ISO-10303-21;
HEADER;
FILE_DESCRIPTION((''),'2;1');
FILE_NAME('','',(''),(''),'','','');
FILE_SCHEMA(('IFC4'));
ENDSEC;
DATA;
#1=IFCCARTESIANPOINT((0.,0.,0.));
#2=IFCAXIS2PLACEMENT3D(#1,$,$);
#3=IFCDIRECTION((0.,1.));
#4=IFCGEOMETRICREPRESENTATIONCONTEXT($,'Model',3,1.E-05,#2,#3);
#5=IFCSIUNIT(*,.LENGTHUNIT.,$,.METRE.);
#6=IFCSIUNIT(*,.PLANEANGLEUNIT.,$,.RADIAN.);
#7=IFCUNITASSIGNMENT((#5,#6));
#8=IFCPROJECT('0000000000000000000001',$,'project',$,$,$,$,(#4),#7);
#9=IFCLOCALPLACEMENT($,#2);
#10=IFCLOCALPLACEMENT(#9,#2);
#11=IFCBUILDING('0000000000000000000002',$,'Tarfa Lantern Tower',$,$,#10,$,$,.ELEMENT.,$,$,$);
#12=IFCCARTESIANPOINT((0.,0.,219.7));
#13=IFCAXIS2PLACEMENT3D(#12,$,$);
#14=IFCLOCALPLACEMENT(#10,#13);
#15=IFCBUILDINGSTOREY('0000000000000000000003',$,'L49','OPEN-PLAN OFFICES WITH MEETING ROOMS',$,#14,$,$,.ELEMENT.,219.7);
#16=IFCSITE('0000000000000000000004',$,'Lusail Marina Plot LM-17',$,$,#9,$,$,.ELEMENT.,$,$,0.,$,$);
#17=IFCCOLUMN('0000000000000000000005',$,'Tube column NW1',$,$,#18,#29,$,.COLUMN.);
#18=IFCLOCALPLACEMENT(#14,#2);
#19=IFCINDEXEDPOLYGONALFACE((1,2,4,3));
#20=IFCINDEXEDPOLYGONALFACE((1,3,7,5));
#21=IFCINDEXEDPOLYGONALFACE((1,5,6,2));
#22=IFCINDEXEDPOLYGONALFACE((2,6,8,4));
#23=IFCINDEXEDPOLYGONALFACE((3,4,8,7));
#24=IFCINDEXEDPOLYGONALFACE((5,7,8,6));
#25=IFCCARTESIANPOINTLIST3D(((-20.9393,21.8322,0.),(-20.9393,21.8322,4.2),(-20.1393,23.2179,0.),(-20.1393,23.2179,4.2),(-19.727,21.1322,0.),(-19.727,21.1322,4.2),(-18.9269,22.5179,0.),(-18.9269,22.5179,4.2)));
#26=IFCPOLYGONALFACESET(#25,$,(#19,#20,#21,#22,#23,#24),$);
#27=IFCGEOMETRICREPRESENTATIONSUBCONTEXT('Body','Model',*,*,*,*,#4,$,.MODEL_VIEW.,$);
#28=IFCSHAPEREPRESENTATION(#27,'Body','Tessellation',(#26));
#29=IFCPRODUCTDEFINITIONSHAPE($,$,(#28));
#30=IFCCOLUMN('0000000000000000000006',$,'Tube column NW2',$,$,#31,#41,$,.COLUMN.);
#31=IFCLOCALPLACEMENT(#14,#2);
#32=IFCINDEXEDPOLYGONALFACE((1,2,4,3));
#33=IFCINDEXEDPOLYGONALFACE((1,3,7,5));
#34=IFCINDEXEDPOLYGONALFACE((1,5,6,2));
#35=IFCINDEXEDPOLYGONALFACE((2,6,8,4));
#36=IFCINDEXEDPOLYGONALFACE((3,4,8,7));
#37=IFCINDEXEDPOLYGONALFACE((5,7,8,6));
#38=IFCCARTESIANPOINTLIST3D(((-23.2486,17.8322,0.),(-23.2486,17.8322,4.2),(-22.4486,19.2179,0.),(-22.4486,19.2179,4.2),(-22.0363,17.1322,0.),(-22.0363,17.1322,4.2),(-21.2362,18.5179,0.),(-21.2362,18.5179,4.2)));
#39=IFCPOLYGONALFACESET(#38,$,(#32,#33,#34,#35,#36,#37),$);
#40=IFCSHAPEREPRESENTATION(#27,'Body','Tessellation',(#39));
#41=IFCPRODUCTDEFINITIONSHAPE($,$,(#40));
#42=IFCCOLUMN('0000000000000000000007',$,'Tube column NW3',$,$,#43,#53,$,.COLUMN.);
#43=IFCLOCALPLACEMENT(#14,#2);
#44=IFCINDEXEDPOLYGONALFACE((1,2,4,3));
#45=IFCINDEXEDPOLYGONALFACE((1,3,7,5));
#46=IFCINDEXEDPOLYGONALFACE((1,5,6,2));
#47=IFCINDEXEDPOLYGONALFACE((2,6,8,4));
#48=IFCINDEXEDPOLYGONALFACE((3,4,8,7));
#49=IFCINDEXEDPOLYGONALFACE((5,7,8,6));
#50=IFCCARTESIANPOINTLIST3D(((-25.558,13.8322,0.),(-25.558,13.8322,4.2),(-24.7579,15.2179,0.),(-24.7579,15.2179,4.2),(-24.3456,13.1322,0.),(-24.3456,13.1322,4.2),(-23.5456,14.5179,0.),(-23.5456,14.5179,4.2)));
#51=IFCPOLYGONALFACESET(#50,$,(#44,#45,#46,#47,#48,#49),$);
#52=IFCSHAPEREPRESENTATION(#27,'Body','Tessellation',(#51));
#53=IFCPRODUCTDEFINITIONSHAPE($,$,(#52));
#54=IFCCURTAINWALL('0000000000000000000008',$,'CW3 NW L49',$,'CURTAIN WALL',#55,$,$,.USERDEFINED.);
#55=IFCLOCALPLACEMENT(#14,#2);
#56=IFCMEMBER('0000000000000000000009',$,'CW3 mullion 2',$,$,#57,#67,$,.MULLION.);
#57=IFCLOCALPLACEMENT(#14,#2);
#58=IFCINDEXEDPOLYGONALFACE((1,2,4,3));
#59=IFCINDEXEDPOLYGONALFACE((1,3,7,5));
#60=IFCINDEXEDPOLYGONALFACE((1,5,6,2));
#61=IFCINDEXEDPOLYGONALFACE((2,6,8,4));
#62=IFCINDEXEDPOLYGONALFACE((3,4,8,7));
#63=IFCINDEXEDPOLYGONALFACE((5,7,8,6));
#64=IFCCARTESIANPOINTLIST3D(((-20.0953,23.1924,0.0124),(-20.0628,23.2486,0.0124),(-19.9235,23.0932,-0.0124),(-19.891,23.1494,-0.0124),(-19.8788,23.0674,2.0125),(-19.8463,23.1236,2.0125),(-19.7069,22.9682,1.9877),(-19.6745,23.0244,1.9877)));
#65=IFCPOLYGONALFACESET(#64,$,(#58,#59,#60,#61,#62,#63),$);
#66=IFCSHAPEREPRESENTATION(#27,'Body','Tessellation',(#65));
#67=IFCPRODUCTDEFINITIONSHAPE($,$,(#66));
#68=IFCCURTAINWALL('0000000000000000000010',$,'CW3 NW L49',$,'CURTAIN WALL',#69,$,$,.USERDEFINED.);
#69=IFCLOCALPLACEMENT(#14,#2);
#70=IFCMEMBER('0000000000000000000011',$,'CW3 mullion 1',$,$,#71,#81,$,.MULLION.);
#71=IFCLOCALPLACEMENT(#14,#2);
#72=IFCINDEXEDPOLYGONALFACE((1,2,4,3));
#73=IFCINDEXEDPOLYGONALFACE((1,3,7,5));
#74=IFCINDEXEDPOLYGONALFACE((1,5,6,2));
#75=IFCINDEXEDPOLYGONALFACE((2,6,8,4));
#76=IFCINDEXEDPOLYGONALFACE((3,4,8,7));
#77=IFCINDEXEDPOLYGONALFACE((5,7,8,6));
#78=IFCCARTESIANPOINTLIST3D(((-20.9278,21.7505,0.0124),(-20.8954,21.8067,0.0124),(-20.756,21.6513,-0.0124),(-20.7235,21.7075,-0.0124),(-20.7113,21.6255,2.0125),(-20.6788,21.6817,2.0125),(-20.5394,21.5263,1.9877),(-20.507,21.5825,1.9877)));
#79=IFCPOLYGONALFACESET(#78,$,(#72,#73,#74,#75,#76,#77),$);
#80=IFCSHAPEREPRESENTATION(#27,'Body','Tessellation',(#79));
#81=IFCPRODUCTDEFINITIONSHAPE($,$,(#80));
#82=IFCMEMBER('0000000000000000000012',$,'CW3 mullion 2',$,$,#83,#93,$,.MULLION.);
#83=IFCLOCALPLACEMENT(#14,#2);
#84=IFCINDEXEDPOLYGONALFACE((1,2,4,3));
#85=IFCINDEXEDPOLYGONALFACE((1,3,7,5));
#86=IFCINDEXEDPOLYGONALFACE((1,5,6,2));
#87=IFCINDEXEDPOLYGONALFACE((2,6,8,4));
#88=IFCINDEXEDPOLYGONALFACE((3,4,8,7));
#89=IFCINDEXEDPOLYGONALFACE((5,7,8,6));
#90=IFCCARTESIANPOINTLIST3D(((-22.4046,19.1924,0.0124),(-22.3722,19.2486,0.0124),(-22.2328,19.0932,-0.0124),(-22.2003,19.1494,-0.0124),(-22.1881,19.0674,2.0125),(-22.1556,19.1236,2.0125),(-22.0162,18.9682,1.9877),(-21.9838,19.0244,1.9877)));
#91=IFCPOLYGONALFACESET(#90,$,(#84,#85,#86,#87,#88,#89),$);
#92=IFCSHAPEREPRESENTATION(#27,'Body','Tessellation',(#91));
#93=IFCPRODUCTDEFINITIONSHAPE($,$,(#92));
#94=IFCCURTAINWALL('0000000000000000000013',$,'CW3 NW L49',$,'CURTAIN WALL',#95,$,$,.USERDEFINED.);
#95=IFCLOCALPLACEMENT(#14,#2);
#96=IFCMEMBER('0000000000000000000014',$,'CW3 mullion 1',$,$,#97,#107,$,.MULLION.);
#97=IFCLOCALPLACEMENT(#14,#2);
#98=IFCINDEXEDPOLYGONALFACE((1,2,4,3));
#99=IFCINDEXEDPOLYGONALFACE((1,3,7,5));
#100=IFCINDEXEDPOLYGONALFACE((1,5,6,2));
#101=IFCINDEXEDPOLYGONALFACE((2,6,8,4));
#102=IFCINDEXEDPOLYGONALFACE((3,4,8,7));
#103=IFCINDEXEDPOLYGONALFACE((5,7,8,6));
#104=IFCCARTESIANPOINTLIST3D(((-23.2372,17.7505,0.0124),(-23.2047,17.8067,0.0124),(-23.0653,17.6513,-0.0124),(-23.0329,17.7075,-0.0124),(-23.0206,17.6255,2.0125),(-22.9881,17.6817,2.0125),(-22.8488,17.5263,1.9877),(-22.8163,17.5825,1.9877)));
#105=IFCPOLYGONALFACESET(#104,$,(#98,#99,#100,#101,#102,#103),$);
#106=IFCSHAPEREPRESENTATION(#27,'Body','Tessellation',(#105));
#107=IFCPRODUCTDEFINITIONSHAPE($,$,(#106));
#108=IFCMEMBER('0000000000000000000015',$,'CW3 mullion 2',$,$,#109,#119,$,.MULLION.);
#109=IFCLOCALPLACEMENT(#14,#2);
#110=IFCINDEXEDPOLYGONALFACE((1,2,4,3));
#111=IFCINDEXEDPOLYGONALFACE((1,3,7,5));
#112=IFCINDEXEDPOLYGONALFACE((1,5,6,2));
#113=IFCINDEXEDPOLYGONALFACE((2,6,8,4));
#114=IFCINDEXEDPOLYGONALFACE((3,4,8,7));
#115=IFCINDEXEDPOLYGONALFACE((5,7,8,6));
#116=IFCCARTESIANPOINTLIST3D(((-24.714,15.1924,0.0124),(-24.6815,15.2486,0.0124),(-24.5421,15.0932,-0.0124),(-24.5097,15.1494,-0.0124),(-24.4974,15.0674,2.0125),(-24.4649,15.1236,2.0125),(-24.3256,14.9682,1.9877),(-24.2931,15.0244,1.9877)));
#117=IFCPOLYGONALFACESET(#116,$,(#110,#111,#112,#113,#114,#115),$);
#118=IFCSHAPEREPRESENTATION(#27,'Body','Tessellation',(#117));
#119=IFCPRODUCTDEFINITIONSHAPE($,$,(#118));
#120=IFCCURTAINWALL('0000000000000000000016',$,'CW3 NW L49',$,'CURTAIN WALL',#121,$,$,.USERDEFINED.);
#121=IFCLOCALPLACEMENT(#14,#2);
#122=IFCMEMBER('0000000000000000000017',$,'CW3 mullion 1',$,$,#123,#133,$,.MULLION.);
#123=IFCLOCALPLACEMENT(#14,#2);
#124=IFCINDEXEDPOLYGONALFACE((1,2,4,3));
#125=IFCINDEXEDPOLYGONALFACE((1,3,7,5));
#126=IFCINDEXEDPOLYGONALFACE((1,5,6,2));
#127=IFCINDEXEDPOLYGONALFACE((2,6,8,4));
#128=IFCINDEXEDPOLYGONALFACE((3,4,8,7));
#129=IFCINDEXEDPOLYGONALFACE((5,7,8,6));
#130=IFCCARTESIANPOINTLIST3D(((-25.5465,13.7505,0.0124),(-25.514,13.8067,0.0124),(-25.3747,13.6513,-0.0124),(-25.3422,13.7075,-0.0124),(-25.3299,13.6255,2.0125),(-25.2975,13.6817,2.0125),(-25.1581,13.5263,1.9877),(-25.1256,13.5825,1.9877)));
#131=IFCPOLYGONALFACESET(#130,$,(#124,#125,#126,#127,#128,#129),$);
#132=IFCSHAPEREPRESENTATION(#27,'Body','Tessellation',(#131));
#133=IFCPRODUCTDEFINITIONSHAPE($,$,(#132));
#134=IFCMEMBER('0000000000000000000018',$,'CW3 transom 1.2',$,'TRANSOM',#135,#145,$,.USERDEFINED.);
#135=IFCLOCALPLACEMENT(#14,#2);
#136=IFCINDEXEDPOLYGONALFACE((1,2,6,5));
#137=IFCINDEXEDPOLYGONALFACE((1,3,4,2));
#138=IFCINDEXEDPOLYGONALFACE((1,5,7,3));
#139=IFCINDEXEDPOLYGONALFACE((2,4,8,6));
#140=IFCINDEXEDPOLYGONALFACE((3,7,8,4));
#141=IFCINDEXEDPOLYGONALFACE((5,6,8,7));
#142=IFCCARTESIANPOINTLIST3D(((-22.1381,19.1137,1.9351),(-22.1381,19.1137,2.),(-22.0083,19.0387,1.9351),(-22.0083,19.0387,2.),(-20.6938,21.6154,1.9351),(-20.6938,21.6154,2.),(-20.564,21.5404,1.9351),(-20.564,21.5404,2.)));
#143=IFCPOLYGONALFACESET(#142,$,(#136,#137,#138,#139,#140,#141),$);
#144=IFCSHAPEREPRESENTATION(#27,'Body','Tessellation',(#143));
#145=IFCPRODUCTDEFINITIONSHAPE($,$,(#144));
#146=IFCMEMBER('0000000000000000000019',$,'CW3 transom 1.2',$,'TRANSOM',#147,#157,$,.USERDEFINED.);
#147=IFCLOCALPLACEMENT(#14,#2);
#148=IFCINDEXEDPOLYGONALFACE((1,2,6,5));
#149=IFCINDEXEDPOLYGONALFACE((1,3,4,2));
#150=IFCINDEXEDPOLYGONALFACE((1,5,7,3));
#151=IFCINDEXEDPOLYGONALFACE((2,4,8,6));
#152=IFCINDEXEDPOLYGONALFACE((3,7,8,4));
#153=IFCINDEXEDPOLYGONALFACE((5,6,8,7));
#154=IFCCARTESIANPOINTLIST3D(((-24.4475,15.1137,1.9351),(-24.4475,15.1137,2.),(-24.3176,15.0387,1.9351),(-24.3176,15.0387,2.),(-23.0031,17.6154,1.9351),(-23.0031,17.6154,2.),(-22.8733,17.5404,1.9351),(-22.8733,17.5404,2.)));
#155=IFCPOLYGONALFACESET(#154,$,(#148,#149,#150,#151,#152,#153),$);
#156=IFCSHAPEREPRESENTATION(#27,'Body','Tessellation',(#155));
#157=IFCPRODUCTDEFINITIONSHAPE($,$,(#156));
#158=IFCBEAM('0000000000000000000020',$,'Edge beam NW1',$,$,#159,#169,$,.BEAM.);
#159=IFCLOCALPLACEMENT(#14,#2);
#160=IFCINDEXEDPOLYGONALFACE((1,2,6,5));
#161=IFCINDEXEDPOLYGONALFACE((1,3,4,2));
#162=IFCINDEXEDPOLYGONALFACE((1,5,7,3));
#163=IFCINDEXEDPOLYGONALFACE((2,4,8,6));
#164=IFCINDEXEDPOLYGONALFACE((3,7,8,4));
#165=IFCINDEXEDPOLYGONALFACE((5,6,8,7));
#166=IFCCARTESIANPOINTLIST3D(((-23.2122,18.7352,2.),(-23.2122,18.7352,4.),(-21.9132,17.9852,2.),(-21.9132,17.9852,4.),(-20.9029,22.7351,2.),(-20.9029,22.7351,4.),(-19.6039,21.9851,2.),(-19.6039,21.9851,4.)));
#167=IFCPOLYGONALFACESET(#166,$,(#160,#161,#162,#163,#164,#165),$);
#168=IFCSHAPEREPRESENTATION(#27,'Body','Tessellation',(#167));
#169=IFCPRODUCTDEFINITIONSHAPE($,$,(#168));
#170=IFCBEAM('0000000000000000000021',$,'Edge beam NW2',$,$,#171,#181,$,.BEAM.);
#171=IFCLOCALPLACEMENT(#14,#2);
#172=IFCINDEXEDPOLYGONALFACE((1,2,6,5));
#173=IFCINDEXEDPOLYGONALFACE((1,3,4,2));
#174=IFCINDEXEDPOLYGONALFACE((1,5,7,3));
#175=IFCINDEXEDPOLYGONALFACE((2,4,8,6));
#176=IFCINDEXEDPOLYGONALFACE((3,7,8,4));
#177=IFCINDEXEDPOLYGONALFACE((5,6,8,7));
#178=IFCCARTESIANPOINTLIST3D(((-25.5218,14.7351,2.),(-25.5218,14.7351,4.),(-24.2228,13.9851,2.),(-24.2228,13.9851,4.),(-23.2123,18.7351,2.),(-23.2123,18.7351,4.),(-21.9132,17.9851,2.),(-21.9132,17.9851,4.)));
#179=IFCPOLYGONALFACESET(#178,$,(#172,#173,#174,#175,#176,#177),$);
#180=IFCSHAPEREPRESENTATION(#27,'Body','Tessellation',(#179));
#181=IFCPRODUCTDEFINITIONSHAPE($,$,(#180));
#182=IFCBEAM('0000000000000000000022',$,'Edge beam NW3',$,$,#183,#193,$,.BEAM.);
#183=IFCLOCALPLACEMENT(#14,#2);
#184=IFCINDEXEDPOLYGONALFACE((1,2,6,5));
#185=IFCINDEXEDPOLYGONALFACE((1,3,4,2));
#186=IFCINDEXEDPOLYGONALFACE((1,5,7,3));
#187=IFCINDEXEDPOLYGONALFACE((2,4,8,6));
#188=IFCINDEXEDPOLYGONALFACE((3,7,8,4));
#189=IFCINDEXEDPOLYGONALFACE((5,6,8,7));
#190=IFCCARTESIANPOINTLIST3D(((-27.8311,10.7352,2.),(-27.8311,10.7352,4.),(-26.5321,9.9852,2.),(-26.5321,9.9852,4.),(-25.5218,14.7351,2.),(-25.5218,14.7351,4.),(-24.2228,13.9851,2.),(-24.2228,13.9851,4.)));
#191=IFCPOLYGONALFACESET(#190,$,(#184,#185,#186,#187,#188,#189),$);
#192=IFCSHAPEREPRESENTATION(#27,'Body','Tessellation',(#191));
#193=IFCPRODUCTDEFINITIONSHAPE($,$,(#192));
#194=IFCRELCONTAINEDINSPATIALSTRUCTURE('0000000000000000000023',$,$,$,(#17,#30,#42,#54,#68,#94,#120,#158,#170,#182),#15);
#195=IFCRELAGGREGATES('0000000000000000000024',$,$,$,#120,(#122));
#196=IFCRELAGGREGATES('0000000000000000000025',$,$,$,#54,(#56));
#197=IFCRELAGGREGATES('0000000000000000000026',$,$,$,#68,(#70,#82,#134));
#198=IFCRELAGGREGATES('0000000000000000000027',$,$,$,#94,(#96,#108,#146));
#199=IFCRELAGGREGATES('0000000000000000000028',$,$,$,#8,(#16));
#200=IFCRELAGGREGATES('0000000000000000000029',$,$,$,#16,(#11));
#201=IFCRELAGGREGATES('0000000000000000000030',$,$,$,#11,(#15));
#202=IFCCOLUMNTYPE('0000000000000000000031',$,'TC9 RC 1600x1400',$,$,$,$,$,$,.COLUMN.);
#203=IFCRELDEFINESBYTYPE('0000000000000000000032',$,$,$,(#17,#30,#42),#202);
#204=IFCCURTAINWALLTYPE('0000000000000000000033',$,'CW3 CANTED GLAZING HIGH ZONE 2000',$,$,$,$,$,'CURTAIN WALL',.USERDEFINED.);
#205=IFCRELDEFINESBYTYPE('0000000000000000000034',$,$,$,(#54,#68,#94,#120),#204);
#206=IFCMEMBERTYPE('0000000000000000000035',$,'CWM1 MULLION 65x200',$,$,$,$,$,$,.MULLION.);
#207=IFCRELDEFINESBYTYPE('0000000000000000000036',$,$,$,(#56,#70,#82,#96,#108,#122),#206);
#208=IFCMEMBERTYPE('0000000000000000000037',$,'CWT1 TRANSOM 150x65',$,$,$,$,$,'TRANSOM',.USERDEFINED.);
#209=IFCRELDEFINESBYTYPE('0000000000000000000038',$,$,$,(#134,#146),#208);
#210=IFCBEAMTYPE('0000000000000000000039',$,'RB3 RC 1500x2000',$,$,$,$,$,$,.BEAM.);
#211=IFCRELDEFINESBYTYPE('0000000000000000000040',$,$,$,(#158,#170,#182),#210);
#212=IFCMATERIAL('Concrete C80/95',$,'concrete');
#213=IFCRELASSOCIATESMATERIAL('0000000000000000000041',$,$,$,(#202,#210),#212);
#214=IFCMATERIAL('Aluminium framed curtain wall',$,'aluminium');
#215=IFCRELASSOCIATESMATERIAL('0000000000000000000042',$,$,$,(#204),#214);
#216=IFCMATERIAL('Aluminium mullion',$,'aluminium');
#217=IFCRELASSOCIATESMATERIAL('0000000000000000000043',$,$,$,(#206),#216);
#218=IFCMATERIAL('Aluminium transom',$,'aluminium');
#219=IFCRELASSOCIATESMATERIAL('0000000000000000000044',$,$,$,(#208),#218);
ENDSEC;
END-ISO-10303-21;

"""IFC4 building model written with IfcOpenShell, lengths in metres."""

from ifc_helpers import new_model, si_unit, direction, frame, origin, origin_2d, place, context, subcontext, project, spatial, rectangle, extrude, material, material_profile, profile_set, type_object, element, aggregate, save


model = new_model("IFC4")

# Units and contexts
model_context = context("Model", 3, precision=1e-05, world=origin(), true_north=direction((0.0, 1.0)))
body_context = subcontext(model_context, "Body", "Model", "MODEL_VIEW")
ifc_project = project(units=[si_unit("LENGTHUNIT", "METRE"), si_unit("PLANEANGLEUNIT", "RADIAN")], contexts=[model_context])

# Site, building, storey
site_placement = place(None, origin())
site = spatial("IfcSite", under=ifc_project, at=site_placement, Name="Lusail Marina Plot LM-17", CompositionType="ELEMENT", RefElevation=0.0)
building_placement = place(site_placement, origin())
building = spatial("IfcBuilding", under=site, at=building_placement, Name="Tarfa Lantern Tower", CompositionType="ELEMENT")
storey_placement = place(building_placement, frame((0.0, 0.0, 219.7)))
storey = spatial("IfcBuildingStorey", under=building, at=storey_placement, Name="L49", Description="OPEN-PLAN OFFICES WITH MEETING ROOMS", CompositionType="ELEMENT", Elevation=219.7)

# Columns
ifc_material_1 = material(Name="Concrete C80/95", Category="concrete")
ifc_material_profile_1 = material_profile(ifc_material_1, rectangle(XDim=1.6001, YDim=1.3999, at=origin_2d()), Name="RC 1600x1400")
ifc_profile_set_1 = profile_set([ifc_material_profile_1], Name="Concrete C80/95")
column_type = type_object("IfcColumnType", Name="TC9 RC 1600x1400", PredefinedType="COLUMN", material=ifc_profile_set_1)
for number, where, z_axis, x_axis, name in (
    (1, (-19.9331, 22.175, 0.0), (0.0, 0.0, 1.0), (-0.5, -0.866025, 0.0), "Tube column NW1"),
    (2, (-22.2424, 18.175, 0.0), (0.0, 0.0, 1.0), (-0.5, -0.866025, 0.0), "Tube column NW2"),
    (3, (-24.5518, 14.175, 0.0), (0.0, 0.0, 1.0), (-0.5, -0.866025, 0.0), "Tube column NW3"),
):
    element("IfcColumn", number, at=place(storey_placement, frame(where, z_axis=z_axis, x_axis=x_axis)), inside=storey, type_object=column_type, Name=name, PredefinedType="COLUMN", context=body_context, shape_type="SweptSolid", body=[
        extrude(rectangle(XDim=1.6001, YDim=1.3999, at=origin_2d()), origin(), (0.0, 0.0, 1.0), 4.2),
    ])

# Curtain wall, member
ifc_material_2 = material(Name="Aluminium framed curtain wall", Category="aluminium")
curtain_wall_type = type_object("IfcCurtainWallType", Name="CW3 CANTED GLAZING HIGH ZONE 2000", ElementType="CURTAIN WALL", PredefinedType="USERDEFINED", material=ifc_material_2)
curtain_wall_1_placement = place(storey_placement, origin())
curtain_wall_1 = element("IfcCurtainWall", 4, at=curtain_wall_1_placement, inside=storey, type_object=curtain_wall_type, Name="CW3 NW L49", ObjectType="CURTAIN WALL", PredefinedType="USERDEFINED")
ifc_material_3 = material(Name="Aluminium mullion", Category="aluminium")
ifc_material_profile_2 = material_profile(ifc_material_3, rectangle(XDim=0.0649, YDim=0.2, at=origin_2d()), Name="AL MULLION 65x200")
ifc_profile_set_2 = profile_set([ifc_material_profile_2], Name="Aluminium mullion")
member_type_1 = type_object("IfcMemberType", Name="CWM1 MULLION 65x200", PredefinedType="MULLION", material=ifc_profile_set_2)
member_1_placement = place(storey_placement, frame((-19.9932, 23.1709, 0.0), z_axis=(0.10744, -0.062017, 0.992275), x_axis=(0.49992, 0.866072, 0.0)))
member_1 = element("IfcMember", 5, at=member_1_placement, type_object=member_type_1, Name="CW3 mullion 2", PredefinedType="MULLION", context=body_context, shape_type="SweptSolid", body=[
    extrude(rectangle(XDim=0.0649, YDim=0.2, at=origin_2d()), origin(), (0.0, 0.0, 1.0), 2.0156),
])

# Curtain walls, members
curtain_wall_2_placement = place(storey_placement, origin())
curtain_wall_2 = element("IfcCurtainWall", 6, at=curtain_wall_2_placement, inside=storey, type_object=curtain_wall_type, Name="CW3 NW L49", ObjectType="CURTAIN WALL", PredefinedType="USERDEFINED")
member_2_placement = place(storey_placement, frame((-20.8257, 21.729, 0.0), z_axis=(0.10744, -0.062017, 0.992275), x_axis=(0.49992, 0.866072, 0.0)))
member_2 = element("IfcMember", 7, at=member_2_placement, type_object=member_type_1, Name="CW3 mullion 1", PredefinedType="MULLION", context=body_context, shape_type="SweptSolid", body=[
    extrude(rectangle(XDim=0.0649, YDim=0.2, at=origin_2d()), origin(), (0.0, 0.0, 1.0), 2.0156),
])
member_3_placement = place(storey_placement, frame((-22.3025, 19.1709, 0.0), z_axis=(0.10744, -0.062017, 0.992275), x_axis=(0.49992, 0.866072, 0.0)))
member_3 = element("IfcMember", 8, at=member_3_placement, type_object=member_type_1, Name="CW3 mullion 2", PredefinedType="MULLION", context=body_context, shape_type="SweptSolid", body=[
    extrude(rectangle(XDim=0.0649, YDim=0.2, at=origin_2d()), origin(), (0.0, 0.0, 1.0), 2.0156),
])
curtain_wall_3_placement = place(storey_placement, origin())
curtain_wall_3 = element("IfcCurtainWall", 9, at=curtain_wall_3_placement, inside=storey, type_object=curtain_wall_type, Name="CW3 NW L49", ObjectType="CURTAIN WALL", PredefinedType="USERDEFINED")
member_4_placement = place(storey_placement, frame((-23.135, 17.729, 0.0), z_axis=(0.10744, -0.062017, 0.992275), x_axis=(0.49992, 0.866072, 0.0)))
member_4 = element("IfcMember", 10, at=member_4_placement, type_object=member_type_1, Name="CW3 mullion 1", PredefinedType="MULLION", context=body_context, shape_type="SweptSolid", body=[
    extrude(rectangle(XDim=0.0649, YDim=0.2, at=origin_2d()), origin(), (0.0, 0.0, 1.0), 2.0156),
])
member_5_placement = place(storey_placement, frame((-24.6118, 15.1709, 0.0), z_axis=(0.10744, -0.062017, 0.992275), x_axis=(0.49992, 0.866072, 0.0)))
member_5 = element("IfcMember", 11, at=member_5_placement, type_object=member_type_1, Name="CW3 mullion 2", PredefinedType="MULLION", context=body_context, shape_type="SweptSolid", body=[
    extrude(rectangle(XDim=0.0649, YDim=0.2, at=origin_2d()), origin(), (0.0, 0.0, 1.0), 2.0156),
])

# Curtain wall, member
curtain_wall_4_placement = place(storey_placement, origin())
curtain_wall_4 = element("IfcCurtainWall", 12, at=curtain_wall_4_placement, inside=storey, type_object=curtain_wall_type, Name="CW3 NW L49", ObjectType="CURTAIN WALL", PredefinedType="USERDEFINED")
member_6_placement = place(storey_placement, frame((-25.4443, 13.729, 0.0), z_axis=(0.10744, -0.062017, 0.992275), x_axis=(0.49992, 0.866072, 0.0)))
member_6 = element("IfcMember", 13, at=member_6_placement, type_object=member_type_1, Name="CW3 mullion 1", PredefinedType="MULLION", context=body_context, shape_type="SweptSolid", body=[
    extrude(rectangle(XDim=0.0649, YDim=0.2, at=origin_2d()), origin(), (0.0, 0.0, 1.0), 2.0156),
])
aggregate(curtain_wall_4, [member_6])

# Members
ifc_material_4 = material(Name="Aluminium transom", Category="aluminium")
ifc_material_profile_3 = material_profile(ifc_material_4, rectangle(XDim=0.1499, YDim=0.0649, at=origin_2d()), Name="AL TRANSOM 150x65")
ifc_profile_set_3 = profile_set([ifc_material_profile_3], Name="Aluminium transom")
member_type_2 = type_object("IfcMemberType", Name="CWT1 TRANSOM 150x65", ElementType="TRANSOM", PredefinedType="USERDEFINED", material=ifc_profile_set_3)
member_7_placement = place(storey_placement, frame((-20.6289, 21.5779, 1.9675), z_axis=(-0.499993, -0.866029, 0.0), x_axis=(0.866029, -0.499993, 0.0)))
member_7 = element("IfcMember", 14, at=member_7_placement, type_object=member_type_2, Name="CW3 transom 1.2", ObjectType="TRANSOM", PredefinedType="USERDEFINED", context=body_context, shape_type="SweptSolid", body=[
    extrude(rectangle(XDim=0.1499, YDim=0.0649, at=origin_2d()), origin(), (0.0, 0.0, 1.0), 2.8887),
])
member_8_placement = place(storey_placement, frame((-22.9382, 17.5779, 1.9675), z_axis=(-0.499993, -0.866029, 0.0), x_axis=(0.866029, -0.499993, 0.0)))
member_8 = element("IfcMember", 15, at=member_8_placement, type_object=member_type_2, Name="CW3 transom 1.2", ObjectType="TRANSOM", PredefinedType="USERDEFINED", context=body_context, shape_type="SweptSolid", body=[
    extrude(rectangle(XDim=0.1499, YDim=0.0649, at=origin_2d()), origin(), (0.0, 0.0, 1.0), 2.8887),
])

# Beams
ifc_material_profile_4 = material_profile(ifc_material_1, rectangle(XDim=1.5, YDim=2.0, at=origin_2d()), Name="RC 1500x2000")
ifc_profile_set_4 = profile_set([ifc_material_profile_4], Name="Concrete C80/95")
beam_type_1 = type_object("IfcBeamType", Name="RB3 RC 1500x2000", PredefinedType="BEAM", material=ifc_profile_set_4)
beam_1_placement = place(storey_placement, frame((-20.2534, 22.3601, 3.0), z_axis=(-0.499988, -0.866032, 0.0), x_axis=(0.866032, -0.499988, 0.0)))
element("IfcBeam", 16, at=beam_1_placement, inside=storey, type_object=beam_type_1, Name="Edge beam NW1", PredefinedType="BEAM", context=body_context, shape_type="SweptSolid", body=[
    extrude(rectangle(XDim=1.5, YDim=2.0, at=origin_2d()), origin(), (0.0, 0.0, 1.0), 4.6187),
])
beam_2_placement = place(storey_placement, frame((-22.5627, 18.3601, 3.0), z_axis=(-0.500027, -0.86601, 0.0), x_axis=(0.86601, -0.500027, 0.0)))
element("IfcBeam", 17, at=beam_2_placement, inside=storey, type_object=beam_type_1, Name="Edge beam NW2", PredefinedType="BEAM", context=body_context, shape_type="SweptSolid", body=[
    extrude(rectangle(XDim=1.5, YDim=2.0, at=origin_2d()), origin(), (0.0, 0.0, 1.0), 4.6189),
])
beam_3_placement = place(storey_placement, frame((-24.8723, 14.3601, 3.0), z_axis=(-0.499988, -0.866032, 0.0), x_axis=(0.866032, -0.499988, 0.0)))
element("IfcBeam", 18, at=beam_3_placement, inside=storey, type_object=beam_type_1, Name="Edge beam NW3", PredefinedType="BEAM", context=body_context, shape_type="SweptSolid", body=[
    extrude(rectangle(XDim=1.5, YDim=2.0, at=origin_2d()), origin(), (0.0, 0.0, 1.0), 4.6187),
])

aggregate(curtain_wall_1, [member_1])
aggregate(curtain_wall_2, [member_2, member_3, member_7])
aggregate(curtain_wall_3, [member_4, member_5, member_8])

save(model, "model.ifc")
